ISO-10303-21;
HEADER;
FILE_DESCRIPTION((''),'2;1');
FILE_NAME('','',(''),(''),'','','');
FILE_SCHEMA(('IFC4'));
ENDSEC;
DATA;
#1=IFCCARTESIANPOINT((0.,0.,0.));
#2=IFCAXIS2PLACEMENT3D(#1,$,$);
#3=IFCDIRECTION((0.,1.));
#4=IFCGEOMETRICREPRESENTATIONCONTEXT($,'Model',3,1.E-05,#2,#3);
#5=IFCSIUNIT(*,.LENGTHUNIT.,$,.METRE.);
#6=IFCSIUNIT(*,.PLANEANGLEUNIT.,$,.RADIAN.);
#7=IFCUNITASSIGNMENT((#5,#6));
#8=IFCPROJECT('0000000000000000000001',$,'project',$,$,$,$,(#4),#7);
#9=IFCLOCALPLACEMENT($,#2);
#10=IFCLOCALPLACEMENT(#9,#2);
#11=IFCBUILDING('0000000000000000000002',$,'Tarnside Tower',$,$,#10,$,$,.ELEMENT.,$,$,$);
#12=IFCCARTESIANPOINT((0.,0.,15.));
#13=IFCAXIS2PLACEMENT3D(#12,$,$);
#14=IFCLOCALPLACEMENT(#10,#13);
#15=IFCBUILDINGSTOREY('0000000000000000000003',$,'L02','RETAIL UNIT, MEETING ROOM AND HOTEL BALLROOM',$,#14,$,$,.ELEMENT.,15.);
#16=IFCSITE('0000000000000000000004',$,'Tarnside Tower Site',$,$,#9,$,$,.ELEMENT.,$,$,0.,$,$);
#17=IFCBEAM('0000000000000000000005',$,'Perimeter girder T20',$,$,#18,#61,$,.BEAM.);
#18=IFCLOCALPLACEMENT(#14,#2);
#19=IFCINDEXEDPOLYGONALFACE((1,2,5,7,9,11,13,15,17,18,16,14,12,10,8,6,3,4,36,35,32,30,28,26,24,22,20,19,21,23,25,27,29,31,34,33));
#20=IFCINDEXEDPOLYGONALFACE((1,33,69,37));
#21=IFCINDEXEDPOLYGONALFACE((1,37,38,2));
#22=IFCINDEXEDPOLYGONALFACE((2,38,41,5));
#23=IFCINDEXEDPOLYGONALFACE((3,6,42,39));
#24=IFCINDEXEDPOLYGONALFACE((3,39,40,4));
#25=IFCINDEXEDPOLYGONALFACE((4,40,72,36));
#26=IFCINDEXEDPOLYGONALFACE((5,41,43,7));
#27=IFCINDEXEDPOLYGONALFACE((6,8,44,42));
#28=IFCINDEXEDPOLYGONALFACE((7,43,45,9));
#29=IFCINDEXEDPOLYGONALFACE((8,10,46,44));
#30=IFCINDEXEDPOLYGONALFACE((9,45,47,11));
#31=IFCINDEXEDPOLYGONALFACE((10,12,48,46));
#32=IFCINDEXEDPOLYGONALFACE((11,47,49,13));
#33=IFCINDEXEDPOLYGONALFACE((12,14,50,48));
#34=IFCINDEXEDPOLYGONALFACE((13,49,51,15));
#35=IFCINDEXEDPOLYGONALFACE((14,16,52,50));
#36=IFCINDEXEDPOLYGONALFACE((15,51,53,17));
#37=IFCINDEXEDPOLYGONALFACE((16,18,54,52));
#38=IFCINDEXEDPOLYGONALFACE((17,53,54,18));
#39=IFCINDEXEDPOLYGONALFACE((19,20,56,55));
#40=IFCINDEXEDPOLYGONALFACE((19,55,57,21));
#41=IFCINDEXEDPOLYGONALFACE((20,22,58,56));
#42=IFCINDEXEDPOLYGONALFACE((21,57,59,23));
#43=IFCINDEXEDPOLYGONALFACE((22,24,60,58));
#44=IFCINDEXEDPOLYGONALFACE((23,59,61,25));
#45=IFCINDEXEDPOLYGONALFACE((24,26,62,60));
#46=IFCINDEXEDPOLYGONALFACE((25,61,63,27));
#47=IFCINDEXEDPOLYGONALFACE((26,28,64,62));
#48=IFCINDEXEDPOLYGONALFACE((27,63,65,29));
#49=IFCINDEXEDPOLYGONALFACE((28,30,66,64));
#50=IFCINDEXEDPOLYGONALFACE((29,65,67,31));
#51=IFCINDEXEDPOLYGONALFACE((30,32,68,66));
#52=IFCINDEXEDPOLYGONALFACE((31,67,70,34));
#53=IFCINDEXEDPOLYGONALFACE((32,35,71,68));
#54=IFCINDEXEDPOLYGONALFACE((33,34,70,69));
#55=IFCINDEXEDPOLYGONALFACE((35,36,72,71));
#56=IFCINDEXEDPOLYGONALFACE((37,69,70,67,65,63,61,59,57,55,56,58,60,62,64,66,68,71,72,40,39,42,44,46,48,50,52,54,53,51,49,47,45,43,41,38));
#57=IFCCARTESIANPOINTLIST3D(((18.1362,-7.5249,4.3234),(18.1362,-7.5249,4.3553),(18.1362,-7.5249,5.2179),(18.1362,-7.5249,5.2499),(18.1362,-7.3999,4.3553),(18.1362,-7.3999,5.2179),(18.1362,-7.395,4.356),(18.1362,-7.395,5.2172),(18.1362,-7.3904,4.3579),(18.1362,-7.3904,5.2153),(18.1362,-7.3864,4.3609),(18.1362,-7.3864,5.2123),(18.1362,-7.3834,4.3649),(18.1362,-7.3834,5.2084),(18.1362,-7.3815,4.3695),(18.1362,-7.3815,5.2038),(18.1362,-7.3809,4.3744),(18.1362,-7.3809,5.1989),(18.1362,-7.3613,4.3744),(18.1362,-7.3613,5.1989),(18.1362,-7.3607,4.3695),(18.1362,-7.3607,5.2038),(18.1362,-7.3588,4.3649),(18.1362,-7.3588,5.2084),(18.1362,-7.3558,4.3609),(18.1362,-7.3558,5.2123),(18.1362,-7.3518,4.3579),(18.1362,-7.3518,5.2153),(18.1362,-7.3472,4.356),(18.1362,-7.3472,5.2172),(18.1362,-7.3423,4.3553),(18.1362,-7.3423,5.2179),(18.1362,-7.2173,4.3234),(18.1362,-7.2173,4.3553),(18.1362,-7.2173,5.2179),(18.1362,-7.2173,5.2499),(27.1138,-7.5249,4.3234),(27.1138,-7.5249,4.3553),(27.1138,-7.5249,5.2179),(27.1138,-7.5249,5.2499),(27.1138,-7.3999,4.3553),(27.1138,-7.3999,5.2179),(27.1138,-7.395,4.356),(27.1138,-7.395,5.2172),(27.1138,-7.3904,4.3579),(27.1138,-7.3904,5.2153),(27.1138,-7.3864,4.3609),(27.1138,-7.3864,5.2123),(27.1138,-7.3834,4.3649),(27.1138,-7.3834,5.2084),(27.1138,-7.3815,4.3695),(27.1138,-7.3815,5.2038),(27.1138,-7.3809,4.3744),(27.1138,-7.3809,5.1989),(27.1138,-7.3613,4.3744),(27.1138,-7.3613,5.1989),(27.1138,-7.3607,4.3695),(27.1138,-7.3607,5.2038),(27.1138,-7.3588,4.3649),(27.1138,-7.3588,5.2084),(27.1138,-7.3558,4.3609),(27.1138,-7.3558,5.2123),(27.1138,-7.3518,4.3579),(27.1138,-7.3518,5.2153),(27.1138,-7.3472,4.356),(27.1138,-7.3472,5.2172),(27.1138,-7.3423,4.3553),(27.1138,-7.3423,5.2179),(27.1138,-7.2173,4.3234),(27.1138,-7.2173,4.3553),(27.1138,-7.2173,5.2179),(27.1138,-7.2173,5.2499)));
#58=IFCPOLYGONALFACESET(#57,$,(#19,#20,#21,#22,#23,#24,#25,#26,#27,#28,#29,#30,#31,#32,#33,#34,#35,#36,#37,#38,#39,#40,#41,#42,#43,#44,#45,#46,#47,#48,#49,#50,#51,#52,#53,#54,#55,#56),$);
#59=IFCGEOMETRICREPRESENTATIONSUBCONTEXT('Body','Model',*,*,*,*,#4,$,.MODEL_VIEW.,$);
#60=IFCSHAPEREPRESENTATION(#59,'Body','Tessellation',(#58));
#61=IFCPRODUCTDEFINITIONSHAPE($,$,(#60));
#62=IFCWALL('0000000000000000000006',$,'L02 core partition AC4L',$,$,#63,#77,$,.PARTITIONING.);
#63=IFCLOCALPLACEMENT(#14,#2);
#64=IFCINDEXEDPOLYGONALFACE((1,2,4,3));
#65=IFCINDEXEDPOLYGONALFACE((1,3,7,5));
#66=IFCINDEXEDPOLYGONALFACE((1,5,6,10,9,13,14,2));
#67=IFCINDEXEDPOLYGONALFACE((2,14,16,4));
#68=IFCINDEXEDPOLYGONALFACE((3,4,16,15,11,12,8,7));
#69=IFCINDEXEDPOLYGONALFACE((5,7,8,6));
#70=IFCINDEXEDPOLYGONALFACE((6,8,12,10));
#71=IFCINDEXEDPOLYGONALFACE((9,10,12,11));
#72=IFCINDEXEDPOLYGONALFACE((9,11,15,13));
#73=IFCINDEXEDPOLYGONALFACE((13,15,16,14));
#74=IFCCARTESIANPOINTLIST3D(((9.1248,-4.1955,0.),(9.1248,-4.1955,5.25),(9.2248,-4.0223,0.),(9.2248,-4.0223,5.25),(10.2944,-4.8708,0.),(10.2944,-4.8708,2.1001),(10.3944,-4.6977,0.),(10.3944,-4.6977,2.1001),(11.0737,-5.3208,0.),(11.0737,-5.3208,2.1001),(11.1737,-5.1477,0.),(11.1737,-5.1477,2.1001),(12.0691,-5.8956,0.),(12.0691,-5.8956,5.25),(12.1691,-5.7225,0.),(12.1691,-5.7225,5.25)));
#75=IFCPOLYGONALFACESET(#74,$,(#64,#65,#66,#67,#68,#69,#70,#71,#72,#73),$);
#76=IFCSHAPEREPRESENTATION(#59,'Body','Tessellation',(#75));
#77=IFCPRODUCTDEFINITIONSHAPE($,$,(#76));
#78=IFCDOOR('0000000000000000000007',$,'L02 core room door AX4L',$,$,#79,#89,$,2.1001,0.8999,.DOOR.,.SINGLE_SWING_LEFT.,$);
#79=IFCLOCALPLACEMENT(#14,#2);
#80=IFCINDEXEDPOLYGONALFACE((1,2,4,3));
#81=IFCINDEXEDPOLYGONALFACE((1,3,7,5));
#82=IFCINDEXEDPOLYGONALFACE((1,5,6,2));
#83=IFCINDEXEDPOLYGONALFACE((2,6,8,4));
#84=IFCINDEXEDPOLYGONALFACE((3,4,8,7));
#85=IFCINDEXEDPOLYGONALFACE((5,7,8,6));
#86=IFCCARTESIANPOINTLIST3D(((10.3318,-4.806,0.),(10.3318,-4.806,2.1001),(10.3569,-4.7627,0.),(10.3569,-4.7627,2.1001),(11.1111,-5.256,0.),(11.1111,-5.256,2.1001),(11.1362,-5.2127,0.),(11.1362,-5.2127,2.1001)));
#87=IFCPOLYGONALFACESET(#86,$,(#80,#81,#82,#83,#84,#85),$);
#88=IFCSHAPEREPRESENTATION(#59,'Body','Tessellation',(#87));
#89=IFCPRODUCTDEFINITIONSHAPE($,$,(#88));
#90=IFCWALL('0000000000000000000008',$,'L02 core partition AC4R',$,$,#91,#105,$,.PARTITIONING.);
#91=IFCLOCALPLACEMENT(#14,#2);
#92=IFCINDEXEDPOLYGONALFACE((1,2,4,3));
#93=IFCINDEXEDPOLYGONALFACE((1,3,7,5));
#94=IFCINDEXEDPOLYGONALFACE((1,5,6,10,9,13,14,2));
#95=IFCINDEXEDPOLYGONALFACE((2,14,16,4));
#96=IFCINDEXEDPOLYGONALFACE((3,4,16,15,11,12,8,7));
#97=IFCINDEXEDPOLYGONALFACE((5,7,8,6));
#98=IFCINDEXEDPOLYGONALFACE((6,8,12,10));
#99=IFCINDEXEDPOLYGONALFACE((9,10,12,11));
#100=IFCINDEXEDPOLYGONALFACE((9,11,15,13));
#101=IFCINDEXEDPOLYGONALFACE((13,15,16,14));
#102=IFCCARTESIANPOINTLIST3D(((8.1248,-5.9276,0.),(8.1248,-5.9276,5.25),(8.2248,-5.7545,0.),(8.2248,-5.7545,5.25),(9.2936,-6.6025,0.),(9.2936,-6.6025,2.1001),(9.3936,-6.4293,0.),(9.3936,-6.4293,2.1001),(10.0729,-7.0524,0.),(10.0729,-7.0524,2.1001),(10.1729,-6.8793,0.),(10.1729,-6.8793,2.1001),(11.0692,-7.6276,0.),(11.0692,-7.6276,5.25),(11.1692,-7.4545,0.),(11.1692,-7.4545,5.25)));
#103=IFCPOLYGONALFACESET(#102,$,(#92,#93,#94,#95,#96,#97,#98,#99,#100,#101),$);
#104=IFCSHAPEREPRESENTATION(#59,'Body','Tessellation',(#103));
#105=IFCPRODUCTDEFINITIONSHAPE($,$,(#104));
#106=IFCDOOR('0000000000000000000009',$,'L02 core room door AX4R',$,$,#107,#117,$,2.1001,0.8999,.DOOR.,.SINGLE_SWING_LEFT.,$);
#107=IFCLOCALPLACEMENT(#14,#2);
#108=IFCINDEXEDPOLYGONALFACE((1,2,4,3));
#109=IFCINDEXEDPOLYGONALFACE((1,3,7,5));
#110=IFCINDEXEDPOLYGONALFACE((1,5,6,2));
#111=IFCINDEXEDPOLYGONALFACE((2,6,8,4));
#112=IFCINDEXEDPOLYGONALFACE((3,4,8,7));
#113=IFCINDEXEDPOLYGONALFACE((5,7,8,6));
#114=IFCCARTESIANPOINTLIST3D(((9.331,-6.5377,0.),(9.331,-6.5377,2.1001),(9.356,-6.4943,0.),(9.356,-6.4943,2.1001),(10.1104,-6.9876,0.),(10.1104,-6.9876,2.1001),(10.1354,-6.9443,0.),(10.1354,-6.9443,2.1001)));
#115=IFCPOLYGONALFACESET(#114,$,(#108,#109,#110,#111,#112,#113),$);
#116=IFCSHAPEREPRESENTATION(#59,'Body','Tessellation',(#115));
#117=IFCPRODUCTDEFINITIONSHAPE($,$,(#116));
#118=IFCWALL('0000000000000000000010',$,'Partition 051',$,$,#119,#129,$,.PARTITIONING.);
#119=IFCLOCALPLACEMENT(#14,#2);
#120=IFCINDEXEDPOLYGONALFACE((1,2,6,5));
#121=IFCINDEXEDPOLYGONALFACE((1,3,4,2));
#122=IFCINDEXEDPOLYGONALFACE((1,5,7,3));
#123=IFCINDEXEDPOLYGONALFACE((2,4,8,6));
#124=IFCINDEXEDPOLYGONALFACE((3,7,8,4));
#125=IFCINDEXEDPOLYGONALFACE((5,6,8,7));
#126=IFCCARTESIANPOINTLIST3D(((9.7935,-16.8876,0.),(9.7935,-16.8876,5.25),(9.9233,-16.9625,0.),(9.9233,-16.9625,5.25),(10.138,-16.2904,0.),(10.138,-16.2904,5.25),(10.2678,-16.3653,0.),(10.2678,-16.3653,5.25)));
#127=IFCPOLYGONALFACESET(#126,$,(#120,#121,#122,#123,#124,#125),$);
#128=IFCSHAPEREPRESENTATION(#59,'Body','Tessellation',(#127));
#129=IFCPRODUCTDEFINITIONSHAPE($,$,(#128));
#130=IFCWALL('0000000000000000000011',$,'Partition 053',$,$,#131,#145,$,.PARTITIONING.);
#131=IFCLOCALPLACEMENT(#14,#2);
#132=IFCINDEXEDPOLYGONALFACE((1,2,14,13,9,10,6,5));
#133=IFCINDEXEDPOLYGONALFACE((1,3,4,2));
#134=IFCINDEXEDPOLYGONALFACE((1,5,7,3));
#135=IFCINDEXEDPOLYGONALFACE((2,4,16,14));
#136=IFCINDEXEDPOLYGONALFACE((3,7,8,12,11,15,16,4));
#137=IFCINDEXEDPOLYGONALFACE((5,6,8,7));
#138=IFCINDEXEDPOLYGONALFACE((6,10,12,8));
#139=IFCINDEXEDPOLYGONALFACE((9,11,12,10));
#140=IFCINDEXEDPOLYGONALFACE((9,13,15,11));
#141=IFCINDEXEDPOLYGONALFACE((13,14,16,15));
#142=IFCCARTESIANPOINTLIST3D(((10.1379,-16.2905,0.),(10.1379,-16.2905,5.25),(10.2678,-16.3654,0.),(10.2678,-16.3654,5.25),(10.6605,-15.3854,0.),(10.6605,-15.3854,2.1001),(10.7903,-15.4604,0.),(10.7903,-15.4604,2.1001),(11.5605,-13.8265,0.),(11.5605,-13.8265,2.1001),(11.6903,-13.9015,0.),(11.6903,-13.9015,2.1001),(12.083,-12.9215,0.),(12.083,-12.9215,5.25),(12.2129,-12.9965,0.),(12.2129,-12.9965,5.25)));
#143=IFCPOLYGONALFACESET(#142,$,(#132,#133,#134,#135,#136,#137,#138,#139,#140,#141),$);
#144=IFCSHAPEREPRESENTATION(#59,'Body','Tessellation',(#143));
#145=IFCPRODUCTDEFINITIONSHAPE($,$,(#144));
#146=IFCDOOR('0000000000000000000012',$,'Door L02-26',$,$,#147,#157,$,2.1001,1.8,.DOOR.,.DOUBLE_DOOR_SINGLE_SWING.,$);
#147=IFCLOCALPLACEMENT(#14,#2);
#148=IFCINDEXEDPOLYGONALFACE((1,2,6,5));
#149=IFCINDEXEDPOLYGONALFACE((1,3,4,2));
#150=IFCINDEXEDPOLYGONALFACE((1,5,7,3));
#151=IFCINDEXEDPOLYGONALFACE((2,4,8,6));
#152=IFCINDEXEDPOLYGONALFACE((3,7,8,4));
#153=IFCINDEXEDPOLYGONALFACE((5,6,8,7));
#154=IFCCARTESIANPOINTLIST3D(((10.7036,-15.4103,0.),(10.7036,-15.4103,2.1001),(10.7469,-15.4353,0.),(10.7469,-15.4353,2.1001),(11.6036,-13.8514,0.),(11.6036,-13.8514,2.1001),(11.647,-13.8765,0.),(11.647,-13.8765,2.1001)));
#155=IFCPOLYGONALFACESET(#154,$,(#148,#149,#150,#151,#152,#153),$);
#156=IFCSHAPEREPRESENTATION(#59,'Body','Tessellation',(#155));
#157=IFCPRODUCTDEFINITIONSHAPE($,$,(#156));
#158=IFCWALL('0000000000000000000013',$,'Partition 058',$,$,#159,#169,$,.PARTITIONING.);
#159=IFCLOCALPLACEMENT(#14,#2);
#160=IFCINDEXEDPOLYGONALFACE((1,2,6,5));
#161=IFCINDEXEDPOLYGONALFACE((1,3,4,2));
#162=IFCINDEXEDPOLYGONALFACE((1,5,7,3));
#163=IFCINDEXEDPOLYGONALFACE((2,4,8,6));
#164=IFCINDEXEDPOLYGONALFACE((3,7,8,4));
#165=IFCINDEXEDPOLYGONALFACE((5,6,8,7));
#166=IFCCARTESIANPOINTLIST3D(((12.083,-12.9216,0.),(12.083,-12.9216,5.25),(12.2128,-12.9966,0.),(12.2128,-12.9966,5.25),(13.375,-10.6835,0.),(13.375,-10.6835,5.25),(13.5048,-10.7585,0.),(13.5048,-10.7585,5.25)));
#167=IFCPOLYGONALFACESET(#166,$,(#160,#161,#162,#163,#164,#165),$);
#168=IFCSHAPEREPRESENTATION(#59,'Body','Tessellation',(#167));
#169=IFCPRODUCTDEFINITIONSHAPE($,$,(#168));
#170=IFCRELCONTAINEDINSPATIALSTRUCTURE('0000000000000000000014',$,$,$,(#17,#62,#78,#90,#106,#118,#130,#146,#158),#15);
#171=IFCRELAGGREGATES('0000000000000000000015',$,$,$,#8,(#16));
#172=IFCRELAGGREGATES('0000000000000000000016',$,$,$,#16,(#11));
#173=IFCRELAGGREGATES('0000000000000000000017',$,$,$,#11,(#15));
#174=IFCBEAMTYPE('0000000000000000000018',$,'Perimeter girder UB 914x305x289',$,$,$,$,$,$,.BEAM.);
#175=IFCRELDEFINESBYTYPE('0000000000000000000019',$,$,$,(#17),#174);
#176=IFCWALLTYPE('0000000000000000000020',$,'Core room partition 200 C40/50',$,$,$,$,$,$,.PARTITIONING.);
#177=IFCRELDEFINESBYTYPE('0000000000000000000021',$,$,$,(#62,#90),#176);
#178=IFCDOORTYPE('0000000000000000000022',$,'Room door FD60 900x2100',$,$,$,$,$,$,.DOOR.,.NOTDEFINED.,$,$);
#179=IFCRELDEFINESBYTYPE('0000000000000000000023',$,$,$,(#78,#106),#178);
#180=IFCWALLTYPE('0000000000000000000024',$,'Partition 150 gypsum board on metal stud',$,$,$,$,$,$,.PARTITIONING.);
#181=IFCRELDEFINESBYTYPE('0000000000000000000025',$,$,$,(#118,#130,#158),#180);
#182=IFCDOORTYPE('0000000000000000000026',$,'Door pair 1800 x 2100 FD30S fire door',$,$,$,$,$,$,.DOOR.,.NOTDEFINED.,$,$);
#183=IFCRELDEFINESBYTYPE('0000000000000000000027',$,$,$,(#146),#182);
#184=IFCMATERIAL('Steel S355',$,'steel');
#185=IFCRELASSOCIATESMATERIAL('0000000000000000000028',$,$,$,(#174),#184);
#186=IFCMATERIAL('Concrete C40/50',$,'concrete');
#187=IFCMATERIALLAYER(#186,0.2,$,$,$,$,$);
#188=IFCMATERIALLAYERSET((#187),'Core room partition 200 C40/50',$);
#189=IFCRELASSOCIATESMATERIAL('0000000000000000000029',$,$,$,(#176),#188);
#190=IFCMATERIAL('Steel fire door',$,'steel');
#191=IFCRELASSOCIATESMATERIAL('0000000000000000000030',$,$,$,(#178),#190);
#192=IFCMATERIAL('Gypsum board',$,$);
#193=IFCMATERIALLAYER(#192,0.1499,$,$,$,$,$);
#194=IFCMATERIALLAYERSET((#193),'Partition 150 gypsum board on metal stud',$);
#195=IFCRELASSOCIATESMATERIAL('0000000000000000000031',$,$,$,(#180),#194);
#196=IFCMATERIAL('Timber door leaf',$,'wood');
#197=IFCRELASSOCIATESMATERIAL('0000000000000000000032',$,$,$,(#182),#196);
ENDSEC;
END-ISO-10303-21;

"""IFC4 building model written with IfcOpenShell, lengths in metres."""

from ifc_helpers import new_model, si_unit, direction, frame, frame_2d, origin, origin_2d, place, context, subcontext, project, spatial, rectangle, i_section, extrude, material, layer, layer_set, material_profile, profile_set, type_object, element, fill, save


model = new_model("IFC4")

# Units and contexts
model_context = context("Model", 3, precision=1e-05, world=origin(), true_north=direction((0.0, 1.0)))
body_context = subcontext(model_context, "Body", "Model", "MODEL_VIEW")
ifc_project = project(units=[si_unit("LENGTHUNIT", "METRE"), si_unit("PLANEANGLEUNIT", "RADIAN")], contexts=[model_context])

# Site, building, storey
site_placement = place(None, origin())
site = spatial("IfcSite", under=ifc_project, at=site_placement, Name="Tarnside Tower Site", CompositionType="ELEMENT", RefElevation=0.0)
building_placement = place(site_placement, origin())
building = spatial("IfcBuilding", under=site, at=building_placement, Name="Tarnside Tower", CompositionType="ELEMENT")
storey_placement = place(building_placement, frame((0.0, 0.0, 15.0)))
storey = spatial("IfcBuildingStorey", under=building, at=storey_placement, Name="L02", Description="RETAIL UNIT, MEETING ROOM AND HOTEL BALLROOM", CompositionType="ELEMENT", Elevation=15.0)

# Beam
ifc_material_1 = material(Name="Steel S355", Category="steel")
ifc_material_profile_1 = material_profile(ifc_material_1, i_section(OverallWidth=0.3076, OverallDepth=0.9265, WebThickness=0.0195, FlangeThickness=0.032, FilletRadius=0.019, at=origin_2d()), Name="UB 914x305x289")
ifc_profile_set_1 = profile_set([ifc_material_profile_1], Name="Steel S355")
beam_type_1 = type_object("IfcBeamType", Name="Perimeter girder UB 914x305x289", PredefinedType="BEAM", material=ifc_profile_set_1)
beam_1_placement = place(storey_placement, frame((18.1362, -7.3711, 4.7866), z_axis=(1.0, 0.0, 0.0), x_axis=(0.0, 1.0, 0.0)))
element("IfcBeam", 1, at=beam_1_placement, inside=storey, type_object=beam_type_1, Name="Perimeter girder T20", PredefinedType="BEAM", context=body_context, shape_type="SweptSolid", body=[
    extrude(i_section(OverallWidth=0.3076, OverallDepth=0.9265, WebThickness=0.0195, FlangeThickness=0.032, FilletRadius=0.019, at=origin_2d()), origin(), (0.0, 0.0, 1.0), 8.9775),
])

# Walls, openings, doors
ifc_material_2 = material(Name="Concrete C40/50", Category="concrete")
ifc_layer_1 = layer(ifc_material_2, 0.2)
ifc_layer_set_1 = layer_set([ifc_layer_1], Name="Core room partition 200 C40/50")
wall_type_1 = type_object("IfcWallType", Name="Core room partition 200 C40/50", PredefinedType="PARTITIONING", material=ifc_layer_set_1)
wall_1_placement = place(storey_placement, frame((9.1748, -4.1089, 0.0), z_axis=(0.0, 0.0, 1.0), x_axis=(0.865989, -0.500062, 0.0)))
wall_1 = element("IfcWall", 2, at=wall_1_placement, inside=storey, type_object=wall_type_1, Name="L02 core partition AC4L", PredefinedType="PARTITIONING", context=body_context, shape_type="SweptSolid", body=[
    extrude(rectangle(XDim=3.3999, YDim=0.2, at=frame_2d((1.7, 0.0))), origin(), (0.0, 0.0, 1.0), 5.25),
])
opening_1_placement = place(wall_1_placement, frame((1.3506, 0.0, 0.0)))
opening_1 = element("IfcOpeningElement", 3, at=opening_1_placement, cuts=wall_1, PredefinedType="OPENING", context=body_context, shape_type="SweptSolid", body=[
    extrude(rectangle(XDim=0.8999, YDim=2.1001, at=frame_2d((0.45, 1.05))), frame((0.0, 0.1099, 0.0), z_axis=(0.0, -1.0, 0.0), x_axis=(1.0, 0.0, 0.0)), (0.0, 0.0, 1.0), 0.22),
])
ifc_material_3 = material(Name="Steel fire door", Category="steel")
door_type_1 = type_object("IfcDoorType", Name="Room door FD60 900x2100", OperationType="NOTDEFINED", PredefinedType="DOOR", material=ifc_material_3)
door_1_placement = place(opening_1_placement, origin())
door_1 = element("IfcDoor", 4, at=door_1_placement, inside=storey, type_object=door_type_1, Name="L02 core room door AX4L", OperationType="SINGLE_SWING_LEFT", OverallHeight=2.1001, OverallWidth=0.8999, PredefinedType="DOOR", context=body_context, shape_type="SweptSolid", body=[
    extrude(rectangle(XDim=0.8999, YDim=2.1001, at=frame_2d((0.45, 1.05))), frame((0.0, 0.0249, 0.0), z_axis=(0.0, -1.0, 0.0), x_axis=(1.0, 0.0, 0.0)), (0.0, 0.0, 1.0), 0.05),
])
fill(opening_1, door_1)
wall_2_placement = place(storey_placement, frame((8.1748, -5.8411, 0.0), z_axis=(0.0, 0.0, 1.0), x_axis=(0.866021, -0.500008, 0.0)))
wall_2 = element("IfcWall", 5, at=wall_2_placement, inside=storey, type_object=wall_type_1, Name="L02 core partition AC4R", PredefinedType="PARTITIONING", context=body_context, shape_type="SweptSolid", body=[
    extrude(rectangle(XDim=3.3999, YDim=0.2, at=frame_2d((1.7, 0.0))), origin(), (0.0, 0.0, 1.0), 5.25),
])
opening_2_placement = place(wall_2_placement, frame((1.3496, 0.0, 0.0)))
opening_2 = element("IfcOpeningElement", 6, at=opening_2_placement, cuts=wall_2, PredefinedType="OPENING", context=body_context, shape_type="SweptSolid", body=[
    extrude(rectangle(XDim=0.8999, YDim=2.1001, at=frame_2d((0.45, 1.05))), frame((0.0, 0.1099, 0.0), z_axis=(0.0, -1.0, 0.0), x_axis=(1.0, 0.0, 0.0)), (0.0, 0.0, 1.0), 0.22),
])
door_2_placement = place(opening_2_placement, origin())
door_2 = element("IfcDoor", 7, at=door_2_placement, inside=storey, type_object=door_type_1, Name="L02 core room door AX4R", OperationType="SINGLE_SWING_LEFT", OverallHeight=2.1001, OverallWidth=0.8999, PredefinedType="DOOR", context=body_context, shape_type="SweptSolid", body=[
    extrude(rectangle(XDim=0.8999, YDim=2.1001, at=frame_2d((0.45, 1.05))), frame((0.0, 0.0249, 0.0), z_axis=(0.0, -1.0, 0.0), x_axis=(1.0, 0.0, 0.0)), (0.0, 0.0, 1.0), 0.05),
])
fill(opening_2, door_2)

# Wall
ifc_material_4 = material(Name="Gypsum board")
ifc_layer_2 = layer(ifc_material_4, 0.1499)
ifc_layer_set_2 = layer_set([ifc_layer_2], Name="Partition 150 gypsum board on metal stud")
wall_type_2 = type_object("IfcWallType", Name="Partition 150 gypsum board on metal stud", PredefinedType="PARTITIONING", material=ifc_layer_set_2)
wall_3_placement = place(storey_placement, frame((9.8584, -16.925, 0.0), z_axis=(0.0, 0.0, 1.0), x_axis=(0.499682, 0.866209, 0.0)))
element("IfcWall", 8, at=wall_3_placement, inside=storey, type_object=wall_type_2, Name="Partition 051", PredefinedType="PARTITIONING", context=body_context, shape_type="SweptSolid", body=[
    extrude(rectangle(XDim=0.6895, YDim=0.1499, at=frame_2d((0.3447, 0.0))), origin(), (0.0, 0.0, 1.0), 5.25),
])

# Wall, opening, door
wall_4_placement = place(storey_placement, frame((12.1479, -12.959, 0.0), z_axis=(0.0, 0.0, 1.0), x_axis=(-0.500007, -0.866022, 0.0)))
wall_4 = element("IfcWall", 9, at=wall_4_placement, inside=storey, type_object=wall_type_2, Name="Partition 053", PredefinedType="PARTITIONING", context=body_context, shape_type="SweptSolid", body=[
    extrude(rectangle(XDim=3.8901, YDim=0.1499, at=frame_2d((1.9451, 0.0))), origin(), (0.0, 0.0, 1.0), 5.25),
])
opening_3_placement = place(wall_4_placement, frame((1.0452, 0.0, 0.0)))
opening_3 = element("IfcOpeningElement", 10, at=opening_3_placement, cuts=wall_4, PredefinedType="OPENING", context=body_context, shape_type="SweptSolid", body=[
    extrude(rectangle(XDim=1.8, YDim=2.1001, at=frame_2d((0.8999, 1.05))), frame((0.0, 0.085, 0.0), z_axis=(0.0, -1.0, 0.0), x_axis=(1.0, 0.0, 0.0)), (0.0, 0.0, 1.0), 0.1699),
])
ifc_material_5 = material(Name="Timber door leaf", Category="wood")
door_type_2 = type_object("IfcDoorType", Name="Door pair 1800 x 2100 FD30S fire door", OperationType="NOTDEFINED", PredefinedType="DOOR", material=ifc_material_5)
door_3_placement = place(opening_3_placement, origin())
door_3 = element("IfcDoor", 11, at=door_3_placement, inside=storey, type_object=door_type_2, Name="Door L02-26", OperationType="DOUBLE_DOOR_SINGLE_SWING", OverallHeight=2.1001, OverallWidth=1.8, PredefinedType="DOOR", context=body_context, shape_type="SweptSolid", body=[
    extrude(rectangle(XDim=1.8, YDim=2.1001, at=frame_2d((0.8999, 1.05))), frame((0.0, 0.0249, 0.0), z_axis=(0.0, -1.0, 0.0), x_axis=(1.0, 0.0, 0.0)), (0.0, 0.0, 1.0), 0.05),
])
fill(opening_3, door_3)

# Wall
wall_5_placement = place(storey_placement, frame((12.1479, -12.959, 0.0), z_axis=(0.0, 0.0, 1.0), x_axis=(0.49996, 0.866049, 0.0)))
element("IfcWall", 12, at=wall_5_placement, inside=storey, type_object=wall_type_2, Name="Partition 058", PredefinedType="PARTITIONING", context=body_context, shape_type="SweptSolid", body=[
    extrude(rectangle(XDim=2.5842, YDim=0.1499, at=frame_2d((1.292, 0.0))), origin(), (0.0, 0.0, 1.0), 5.25),
])

save(model, "model.ifc")
